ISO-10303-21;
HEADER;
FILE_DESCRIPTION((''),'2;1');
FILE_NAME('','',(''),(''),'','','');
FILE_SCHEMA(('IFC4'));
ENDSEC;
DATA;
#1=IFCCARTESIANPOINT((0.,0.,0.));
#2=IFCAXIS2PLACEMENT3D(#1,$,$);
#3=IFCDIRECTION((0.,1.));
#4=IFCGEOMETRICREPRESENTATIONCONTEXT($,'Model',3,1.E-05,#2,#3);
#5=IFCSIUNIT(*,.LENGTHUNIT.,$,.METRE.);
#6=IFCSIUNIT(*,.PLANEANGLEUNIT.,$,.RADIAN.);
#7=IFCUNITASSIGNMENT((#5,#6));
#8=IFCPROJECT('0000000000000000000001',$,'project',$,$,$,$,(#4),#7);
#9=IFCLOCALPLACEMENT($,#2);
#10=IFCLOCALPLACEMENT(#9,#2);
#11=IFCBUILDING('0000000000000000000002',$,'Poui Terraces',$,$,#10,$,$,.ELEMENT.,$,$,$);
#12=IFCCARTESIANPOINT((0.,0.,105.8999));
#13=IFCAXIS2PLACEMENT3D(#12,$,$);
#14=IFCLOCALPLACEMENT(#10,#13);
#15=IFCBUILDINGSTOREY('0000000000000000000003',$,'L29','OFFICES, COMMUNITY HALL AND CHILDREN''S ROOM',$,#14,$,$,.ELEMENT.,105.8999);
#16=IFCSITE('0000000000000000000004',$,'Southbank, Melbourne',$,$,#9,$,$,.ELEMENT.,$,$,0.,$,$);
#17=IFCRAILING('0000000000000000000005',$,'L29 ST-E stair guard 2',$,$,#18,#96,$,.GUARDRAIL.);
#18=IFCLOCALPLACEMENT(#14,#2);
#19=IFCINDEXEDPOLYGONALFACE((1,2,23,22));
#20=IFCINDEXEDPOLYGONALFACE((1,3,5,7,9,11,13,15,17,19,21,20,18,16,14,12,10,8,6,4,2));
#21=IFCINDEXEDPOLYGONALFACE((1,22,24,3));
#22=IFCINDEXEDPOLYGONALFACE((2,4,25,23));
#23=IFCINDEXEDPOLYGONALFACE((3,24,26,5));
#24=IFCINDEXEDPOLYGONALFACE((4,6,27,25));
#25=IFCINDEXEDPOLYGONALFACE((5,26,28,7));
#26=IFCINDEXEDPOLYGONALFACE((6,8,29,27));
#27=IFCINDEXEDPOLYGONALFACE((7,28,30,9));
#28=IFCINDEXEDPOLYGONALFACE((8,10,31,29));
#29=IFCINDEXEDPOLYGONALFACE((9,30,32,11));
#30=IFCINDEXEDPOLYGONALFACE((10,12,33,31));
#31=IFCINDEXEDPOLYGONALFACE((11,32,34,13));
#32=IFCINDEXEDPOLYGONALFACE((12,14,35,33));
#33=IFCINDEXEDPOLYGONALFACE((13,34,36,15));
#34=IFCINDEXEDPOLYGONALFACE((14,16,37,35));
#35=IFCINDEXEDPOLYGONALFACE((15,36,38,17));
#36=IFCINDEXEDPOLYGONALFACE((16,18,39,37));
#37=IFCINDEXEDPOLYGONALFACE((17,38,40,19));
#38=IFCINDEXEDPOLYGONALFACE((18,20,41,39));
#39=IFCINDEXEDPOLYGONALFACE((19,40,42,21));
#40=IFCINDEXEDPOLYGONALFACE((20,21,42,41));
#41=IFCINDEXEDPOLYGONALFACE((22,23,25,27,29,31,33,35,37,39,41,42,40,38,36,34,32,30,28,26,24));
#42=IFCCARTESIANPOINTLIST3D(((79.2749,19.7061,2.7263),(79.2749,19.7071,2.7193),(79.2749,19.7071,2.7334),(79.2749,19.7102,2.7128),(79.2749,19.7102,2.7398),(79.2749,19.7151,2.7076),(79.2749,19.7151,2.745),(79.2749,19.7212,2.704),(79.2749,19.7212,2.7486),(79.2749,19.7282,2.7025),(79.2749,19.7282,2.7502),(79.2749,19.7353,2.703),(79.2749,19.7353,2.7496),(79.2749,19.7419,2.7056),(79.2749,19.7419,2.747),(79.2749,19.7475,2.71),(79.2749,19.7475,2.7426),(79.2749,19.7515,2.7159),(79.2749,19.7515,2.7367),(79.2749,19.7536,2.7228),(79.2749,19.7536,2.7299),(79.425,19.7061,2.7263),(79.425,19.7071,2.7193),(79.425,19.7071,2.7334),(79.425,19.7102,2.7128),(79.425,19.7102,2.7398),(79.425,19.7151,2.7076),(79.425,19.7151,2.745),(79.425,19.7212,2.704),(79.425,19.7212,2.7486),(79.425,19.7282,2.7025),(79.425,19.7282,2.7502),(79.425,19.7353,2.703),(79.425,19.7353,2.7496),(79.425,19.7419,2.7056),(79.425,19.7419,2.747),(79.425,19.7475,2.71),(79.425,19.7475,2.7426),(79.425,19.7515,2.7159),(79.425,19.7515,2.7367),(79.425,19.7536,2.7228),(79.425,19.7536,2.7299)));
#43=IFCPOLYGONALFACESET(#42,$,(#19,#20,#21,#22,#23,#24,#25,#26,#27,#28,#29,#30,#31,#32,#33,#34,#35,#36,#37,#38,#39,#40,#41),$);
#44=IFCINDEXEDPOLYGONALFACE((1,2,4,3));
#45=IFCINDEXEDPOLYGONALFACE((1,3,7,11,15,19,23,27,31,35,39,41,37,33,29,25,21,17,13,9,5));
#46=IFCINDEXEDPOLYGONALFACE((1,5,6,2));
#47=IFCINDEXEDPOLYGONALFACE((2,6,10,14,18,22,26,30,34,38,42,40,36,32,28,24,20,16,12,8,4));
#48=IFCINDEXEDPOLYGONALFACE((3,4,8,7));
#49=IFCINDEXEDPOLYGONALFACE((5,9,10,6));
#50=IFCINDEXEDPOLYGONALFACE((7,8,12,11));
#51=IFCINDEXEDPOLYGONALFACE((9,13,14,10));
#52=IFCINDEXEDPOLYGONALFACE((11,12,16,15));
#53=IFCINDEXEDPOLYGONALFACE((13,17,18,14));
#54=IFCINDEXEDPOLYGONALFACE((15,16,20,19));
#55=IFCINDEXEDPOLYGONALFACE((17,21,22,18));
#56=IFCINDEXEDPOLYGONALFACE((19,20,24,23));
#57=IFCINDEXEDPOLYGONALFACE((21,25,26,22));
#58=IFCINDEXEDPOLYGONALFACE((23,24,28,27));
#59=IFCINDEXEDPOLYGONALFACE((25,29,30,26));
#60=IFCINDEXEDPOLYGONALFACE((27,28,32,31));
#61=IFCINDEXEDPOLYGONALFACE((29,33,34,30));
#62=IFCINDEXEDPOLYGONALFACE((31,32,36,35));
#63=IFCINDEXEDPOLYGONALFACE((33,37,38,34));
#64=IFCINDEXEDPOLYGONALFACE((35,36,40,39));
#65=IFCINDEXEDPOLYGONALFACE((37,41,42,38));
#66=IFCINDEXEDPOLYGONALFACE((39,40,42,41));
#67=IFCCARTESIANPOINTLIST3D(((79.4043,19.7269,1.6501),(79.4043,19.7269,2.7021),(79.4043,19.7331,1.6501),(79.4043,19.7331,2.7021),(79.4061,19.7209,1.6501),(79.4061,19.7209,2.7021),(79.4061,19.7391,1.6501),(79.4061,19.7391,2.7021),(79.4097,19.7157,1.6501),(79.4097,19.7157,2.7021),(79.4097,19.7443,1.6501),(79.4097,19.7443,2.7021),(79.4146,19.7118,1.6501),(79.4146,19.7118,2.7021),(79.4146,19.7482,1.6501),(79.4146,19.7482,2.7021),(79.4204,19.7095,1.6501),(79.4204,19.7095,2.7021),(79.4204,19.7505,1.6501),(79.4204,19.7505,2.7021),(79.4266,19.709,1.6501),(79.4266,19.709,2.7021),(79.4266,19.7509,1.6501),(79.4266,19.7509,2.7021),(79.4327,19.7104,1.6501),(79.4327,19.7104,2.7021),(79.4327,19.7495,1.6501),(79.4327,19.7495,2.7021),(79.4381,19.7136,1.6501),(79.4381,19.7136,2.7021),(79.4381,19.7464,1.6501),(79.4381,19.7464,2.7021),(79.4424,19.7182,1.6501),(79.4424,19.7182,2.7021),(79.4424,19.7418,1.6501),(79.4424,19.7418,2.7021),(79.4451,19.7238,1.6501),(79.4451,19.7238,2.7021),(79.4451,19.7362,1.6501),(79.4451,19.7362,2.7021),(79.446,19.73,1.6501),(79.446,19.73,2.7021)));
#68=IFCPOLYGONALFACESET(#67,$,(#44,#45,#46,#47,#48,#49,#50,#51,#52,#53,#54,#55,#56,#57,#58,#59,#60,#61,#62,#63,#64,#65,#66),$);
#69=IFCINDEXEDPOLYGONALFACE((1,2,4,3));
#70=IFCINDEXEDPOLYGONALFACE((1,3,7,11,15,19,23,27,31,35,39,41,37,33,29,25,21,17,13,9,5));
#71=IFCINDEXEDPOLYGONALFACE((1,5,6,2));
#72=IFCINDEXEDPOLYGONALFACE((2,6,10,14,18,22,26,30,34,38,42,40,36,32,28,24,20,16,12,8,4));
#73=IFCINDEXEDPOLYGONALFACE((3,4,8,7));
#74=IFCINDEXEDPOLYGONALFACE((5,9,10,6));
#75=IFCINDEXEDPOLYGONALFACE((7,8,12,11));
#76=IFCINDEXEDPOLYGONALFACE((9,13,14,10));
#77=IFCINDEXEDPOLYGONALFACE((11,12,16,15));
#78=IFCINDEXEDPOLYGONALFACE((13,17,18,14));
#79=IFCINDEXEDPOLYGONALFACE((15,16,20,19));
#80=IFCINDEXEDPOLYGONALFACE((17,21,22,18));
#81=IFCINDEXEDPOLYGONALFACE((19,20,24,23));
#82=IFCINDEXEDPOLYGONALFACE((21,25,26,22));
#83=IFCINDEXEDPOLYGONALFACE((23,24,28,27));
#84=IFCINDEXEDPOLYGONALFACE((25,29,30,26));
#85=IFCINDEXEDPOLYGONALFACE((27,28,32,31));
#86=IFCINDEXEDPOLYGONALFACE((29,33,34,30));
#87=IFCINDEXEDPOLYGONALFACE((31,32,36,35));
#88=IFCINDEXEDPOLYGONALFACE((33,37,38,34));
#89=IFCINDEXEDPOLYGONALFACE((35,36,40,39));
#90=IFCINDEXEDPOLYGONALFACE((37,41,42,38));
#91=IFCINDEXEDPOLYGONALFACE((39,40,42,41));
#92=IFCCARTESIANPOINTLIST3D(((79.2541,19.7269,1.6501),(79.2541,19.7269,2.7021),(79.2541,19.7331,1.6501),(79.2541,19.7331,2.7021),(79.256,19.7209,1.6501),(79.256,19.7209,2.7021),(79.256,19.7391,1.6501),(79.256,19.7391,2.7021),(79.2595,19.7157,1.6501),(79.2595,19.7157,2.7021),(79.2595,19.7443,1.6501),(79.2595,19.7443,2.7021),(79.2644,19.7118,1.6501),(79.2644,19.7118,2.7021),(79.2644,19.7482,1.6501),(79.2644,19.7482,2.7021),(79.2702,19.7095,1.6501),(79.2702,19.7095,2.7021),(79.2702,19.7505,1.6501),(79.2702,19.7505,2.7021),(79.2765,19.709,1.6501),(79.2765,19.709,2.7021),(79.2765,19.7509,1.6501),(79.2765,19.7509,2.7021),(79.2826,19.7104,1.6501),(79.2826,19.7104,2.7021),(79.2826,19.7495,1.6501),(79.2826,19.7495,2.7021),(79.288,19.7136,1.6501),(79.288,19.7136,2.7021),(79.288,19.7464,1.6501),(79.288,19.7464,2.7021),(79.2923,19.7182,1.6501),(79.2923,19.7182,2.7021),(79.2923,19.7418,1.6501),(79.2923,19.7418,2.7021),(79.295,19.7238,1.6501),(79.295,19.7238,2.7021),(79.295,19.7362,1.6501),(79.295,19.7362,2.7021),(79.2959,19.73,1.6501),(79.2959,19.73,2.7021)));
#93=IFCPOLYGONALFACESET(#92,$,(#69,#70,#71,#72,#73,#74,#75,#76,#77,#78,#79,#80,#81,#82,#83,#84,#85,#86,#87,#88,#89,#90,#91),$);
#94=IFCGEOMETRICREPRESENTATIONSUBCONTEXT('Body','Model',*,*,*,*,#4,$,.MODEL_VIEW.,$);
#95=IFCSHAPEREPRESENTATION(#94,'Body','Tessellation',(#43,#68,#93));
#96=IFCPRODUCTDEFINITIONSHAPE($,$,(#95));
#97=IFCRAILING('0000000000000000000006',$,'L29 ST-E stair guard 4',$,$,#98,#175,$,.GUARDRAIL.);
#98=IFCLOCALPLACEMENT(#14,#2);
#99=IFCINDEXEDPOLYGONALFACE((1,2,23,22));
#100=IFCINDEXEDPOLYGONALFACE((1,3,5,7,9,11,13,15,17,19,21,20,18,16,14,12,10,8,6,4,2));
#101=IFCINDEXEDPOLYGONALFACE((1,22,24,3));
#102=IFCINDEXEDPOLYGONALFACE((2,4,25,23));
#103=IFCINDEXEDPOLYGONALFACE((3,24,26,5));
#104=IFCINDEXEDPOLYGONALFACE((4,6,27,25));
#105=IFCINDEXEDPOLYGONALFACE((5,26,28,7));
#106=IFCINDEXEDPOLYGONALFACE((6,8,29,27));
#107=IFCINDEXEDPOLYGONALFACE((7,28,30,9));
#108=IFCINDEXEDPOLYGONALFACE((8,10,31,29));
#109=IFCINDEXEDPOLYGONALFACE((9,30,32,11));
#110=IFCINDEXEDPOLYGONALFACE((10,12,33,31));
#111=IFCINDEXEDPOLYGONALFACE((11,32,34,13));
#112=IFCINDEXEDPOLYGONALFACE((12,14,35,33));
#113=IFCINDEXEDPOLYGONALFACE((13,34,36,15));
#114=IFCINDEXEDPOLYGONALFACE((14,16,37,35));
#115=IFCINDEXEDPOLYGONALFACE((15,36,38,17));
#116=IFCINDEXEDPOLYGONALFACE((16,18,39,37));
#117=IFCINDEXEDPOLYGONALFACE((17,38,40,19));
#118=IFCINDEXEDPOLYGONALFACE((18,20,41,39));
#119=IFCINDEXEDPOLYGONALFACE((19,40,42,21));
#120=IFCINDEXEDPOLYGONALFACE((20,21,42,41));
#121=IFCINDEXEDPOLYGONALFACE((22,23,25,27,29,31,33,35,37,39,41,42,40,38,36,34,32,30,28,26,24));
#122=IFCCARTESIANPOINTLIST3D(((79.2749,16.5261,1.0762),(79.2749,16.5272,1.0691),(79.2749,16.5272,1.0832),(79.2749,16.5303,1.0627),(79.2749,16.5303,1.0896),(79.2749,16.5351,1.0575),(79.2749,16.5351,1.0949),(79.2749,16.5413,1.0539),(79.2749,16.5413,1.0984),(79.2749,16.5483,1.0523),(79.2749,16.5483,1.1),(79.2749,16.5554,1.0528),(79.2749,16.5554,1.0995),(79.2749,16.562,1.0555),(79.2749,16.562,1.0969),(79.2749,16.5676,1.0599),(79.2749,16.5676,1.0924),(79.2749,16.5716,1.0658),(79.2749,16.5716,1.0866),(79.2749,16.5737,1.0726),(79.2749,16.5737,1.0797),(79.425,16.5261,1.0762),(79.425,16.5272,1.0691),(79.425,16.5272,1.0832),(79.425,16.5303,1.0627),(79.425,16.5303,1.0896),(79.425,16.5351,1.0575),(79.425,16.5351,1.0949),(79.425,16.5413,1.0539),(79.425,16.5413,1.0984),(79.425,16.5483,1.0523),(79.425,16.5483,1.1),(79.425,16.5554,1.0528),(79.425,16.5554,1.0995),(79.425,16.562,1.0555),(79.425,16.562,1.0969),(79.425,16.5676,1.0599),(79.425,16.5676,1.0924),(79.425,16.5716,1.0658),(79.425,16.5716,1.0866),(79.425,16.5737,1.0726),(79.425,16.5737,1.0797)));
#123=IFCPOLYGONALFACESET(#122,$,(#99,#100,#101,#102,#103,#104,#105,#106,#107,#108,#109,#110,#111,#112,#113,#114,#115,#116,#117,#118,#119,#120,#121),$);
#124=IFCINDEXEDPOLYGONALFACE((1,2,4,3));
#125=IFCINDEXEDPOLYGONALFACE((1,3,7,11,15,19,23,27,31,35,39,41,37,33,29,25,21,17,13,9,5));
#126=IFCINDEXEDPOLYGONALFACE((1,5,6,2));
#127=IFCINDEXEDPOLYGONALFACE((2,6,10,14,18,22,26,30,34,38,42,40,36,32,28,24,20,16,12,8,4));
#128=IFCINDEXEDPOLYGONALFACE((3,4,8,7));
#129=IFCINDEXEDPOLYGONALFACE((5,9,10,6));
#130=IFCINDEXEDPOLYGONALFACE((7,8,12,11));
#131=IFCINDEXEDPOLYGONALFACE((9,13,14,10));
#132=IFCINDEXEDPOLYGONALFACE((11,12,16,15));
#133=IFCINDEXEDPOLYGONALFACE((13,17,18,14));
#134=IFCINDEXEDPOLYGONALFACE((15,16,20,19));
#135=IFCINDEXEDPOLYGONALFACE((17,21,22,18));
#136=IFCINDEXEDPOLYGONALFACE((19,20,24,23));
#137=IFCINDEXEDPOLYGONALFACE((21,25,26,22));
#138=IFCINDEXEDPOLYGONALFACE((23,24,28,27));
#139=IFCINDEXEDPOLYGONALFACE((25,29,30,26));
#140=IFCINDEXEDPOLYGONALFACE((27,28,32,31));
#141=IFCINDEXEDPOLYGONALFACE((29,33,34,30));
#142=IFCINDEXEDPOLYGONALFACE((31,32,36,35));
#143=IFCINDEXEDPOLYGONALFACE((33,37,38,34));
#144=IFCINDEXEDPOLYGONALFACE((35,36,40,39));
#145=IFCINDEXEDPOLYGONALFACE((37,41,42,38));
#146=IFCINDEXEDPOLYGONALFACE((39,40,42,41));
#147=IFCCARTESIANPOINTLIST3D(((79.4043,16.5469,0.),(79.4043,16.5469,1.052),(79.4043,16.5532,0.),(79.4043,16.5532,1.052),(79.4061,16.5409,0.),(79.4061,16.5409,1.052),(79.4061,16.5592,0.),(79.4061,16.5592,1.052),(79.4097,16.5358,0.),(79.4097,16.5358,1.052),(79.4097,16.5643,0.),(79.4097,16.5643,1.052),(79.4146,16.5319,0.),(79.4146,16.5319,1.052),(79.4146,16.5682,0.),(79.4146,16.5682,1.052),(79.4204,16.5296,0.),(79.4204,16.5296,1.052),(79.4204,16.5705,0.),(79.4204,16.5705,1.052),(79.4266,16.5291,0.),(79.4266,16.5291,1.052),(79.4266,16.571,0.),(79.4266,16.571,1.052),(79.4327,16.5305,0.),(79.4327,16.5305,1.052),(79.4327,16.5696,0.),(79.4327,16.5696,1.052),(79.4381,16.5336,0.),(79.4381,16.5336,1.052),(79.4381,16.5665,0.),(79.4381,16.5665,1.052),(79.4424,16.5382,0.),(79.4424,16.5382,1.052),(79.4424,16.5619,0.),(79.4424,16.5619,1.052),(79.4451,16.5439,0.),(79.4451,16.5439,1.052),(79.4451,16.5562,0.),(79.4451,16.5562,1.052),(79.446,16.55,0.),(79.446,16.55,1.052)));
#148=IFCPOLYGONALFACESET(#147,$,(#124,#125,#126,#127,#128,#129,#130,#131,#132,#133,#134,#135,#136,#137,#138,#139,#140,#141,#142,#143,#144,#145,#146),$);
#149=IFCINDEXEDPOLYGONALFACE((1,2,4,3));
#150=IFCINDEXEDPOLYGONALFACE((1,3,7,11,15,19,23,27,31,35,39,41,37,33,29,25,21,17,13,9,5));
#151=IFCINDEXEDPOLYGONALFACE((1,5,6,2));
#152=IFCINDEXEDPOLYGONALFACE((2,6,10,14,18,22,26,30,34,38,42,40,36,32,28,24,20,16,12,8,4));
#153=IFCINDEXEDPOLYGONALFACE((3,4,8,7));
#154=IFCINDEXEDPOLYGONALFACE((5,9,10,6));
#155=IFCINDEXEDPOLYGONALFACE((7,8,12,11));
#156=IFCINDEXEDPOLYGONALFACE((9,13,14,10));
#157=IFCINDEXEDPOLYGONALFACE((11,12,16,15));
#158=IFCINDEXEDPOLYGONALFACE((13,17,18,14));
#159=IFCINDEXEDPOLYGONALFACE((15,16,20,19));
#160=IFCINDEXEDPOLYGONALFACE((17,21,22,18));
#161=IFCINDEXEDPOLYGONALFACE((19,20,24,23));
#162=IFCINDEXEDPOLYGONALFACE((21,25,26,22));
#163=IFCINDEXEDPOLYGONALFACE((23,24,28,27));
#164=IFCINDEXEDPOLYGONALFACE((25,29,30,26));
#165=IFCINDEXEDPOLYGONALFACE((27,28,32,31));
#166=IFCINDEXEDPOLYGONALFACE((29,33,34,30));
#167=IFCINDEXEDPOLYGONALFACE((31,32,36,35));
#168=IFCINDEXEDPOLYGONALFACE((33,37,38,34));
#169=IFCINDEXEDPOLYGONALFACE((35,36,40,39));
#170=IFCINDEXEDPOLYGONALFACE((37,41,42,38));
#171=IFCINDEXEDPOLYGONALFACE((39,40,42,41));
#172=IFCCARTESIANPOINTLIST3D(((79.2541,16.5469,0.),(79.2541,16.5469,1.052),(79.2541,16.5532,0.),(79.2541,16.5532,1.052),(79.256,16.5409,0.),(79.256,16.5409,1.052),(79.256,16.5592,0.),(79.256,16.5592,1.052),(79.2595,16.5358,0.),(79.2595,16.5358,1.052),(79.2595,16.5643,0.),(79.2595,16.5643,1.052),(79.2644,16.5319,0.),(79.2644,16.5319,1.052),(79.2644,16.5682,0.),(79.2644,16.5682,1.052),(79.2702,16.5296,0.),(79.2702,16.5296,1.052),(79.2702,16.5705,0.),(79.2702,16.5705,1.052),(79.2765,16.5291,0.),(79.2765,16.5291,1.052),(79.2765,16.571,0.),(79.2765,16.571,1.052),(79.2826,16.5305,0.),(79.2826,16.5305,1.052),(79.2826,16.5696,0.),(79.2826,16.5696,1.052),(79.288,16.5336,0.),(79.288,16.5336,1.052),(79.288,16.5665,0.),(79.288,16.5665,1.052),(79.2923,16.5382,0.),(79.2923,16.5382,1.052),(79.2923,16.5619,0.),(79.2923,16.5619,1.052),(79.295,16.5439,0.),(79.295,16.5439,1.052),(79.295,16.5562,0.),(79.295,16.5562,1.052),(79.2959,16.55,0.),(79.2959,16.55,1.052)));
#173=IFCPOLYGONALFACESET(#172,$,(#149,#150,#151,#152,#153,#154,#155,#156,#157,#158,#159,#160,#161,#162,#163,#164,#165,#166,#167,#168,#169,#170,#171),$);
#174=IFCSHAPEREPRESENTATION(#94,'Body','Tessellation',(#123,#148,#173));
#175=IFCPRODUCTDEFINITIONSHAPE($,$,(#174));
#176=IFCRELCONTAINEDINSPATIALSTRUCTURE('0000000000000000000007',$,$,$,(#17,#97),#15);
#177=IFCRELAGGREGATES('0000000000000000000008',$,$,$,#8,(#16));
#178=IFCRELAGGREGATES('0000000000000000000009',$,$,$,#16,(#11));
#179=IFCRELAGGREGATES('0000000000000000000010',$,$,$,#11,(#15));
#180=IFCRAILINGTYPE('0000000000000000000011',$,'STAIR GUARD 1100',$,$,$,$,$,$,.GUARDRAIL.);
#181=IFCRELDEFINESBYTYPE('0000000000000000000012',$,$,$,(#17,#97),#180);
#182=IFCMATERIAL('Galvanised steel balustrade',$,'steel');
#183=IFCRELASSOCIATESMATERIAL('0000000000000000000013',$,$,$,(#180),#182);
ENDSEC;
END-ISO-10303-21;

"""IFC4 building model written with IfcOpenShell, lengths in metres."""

from ifc_helpers import new_model, si_unit, direction, frame, origin, origin_2d, place, context, subcontext, project, spatial, circle, extrude, material, type_object, element, save


model = new_model("IFC4")

# Units and contexts
model_context = context("Model", 3, precision=1e-05, world=origin(), true_north=direction((0.0, 1.0)))
body_context = subcontext(model_context, "Body", "Model", "MODEL_VIEW")
ifc_project = project(units=[si_unit("LENGTHUNIT", "METRE"), si_unit("PLANEANGLEUNIT", "RADIAN")], contexts=[model_context])

# Site, building, storey
site_placement = place(None, origin())
site = spatial("IfcSite", under=ifc_project, at=site_placement, Name="Southbank, Melbourne", CompositionType="ELEMENT", RefElevation=0.0)
building_placement = place(site_placement, origin())
building = spatial("IfcBuilding", under=site, at=building_placement, Name="Poui Terraces", CompositionType="ELEMENT")
storey_placement = place(building_placement, frame((0.0, 0.0, 105.8999)))
storey = spatial("IfcBuildingStorey", under=building, at=storey_placement, Name="L29", Description="OFFICES, COMMUNITY HALL AND CHILDREN'S ROOM", CompositionType="ELEMENT", Elevation=105.8999)

# Railings
ifc_material_1 = material(Name="Galvanised steel balustrade", Category="steel")
railing_type_1 = type_object("IfcRailingType", Name="STAIR GUARD 1100", PredefinedType="GUARDRAIL", material=ifc_material_1)
for number, where, name in (
    (1, (79.425, 19.73, 1.6501), "L29 ST-E stair guard 2"),
    (2, (79.425, 16.55, 0.0), "L29 ST-E stair guard 4"),
):
    element("IfcRailing", number, at=place(storey_placement, frame(where)), inside=storey, type_object=railing_type_1, Name=name, PredefinedType="GUARDRAIL", context=body_context, shape_type="SweptSolid", body=[
        extrude(circle(Radius=0.0239, at=origin_2d()), frame((0.0, 0.0, 1.0762), z_axis=(-1.0, 0.0, 0.0), x_axis=(0.0, -1.0, 0.0)), (0.0, 0.0, 1.0), 0.1501),
        extrude(circle(Radius=0.021, at=origin_2d()), origin(), (0.0, 0.0, 1.0), 1.052),
        extrude(circle(Radius=0.021, at=origin_2d()), frame((-0.1501, 0.0, 0.0)), (0.0, 0.0, 1.0), 1.052),
    ])

save(model, "model.ifc")
